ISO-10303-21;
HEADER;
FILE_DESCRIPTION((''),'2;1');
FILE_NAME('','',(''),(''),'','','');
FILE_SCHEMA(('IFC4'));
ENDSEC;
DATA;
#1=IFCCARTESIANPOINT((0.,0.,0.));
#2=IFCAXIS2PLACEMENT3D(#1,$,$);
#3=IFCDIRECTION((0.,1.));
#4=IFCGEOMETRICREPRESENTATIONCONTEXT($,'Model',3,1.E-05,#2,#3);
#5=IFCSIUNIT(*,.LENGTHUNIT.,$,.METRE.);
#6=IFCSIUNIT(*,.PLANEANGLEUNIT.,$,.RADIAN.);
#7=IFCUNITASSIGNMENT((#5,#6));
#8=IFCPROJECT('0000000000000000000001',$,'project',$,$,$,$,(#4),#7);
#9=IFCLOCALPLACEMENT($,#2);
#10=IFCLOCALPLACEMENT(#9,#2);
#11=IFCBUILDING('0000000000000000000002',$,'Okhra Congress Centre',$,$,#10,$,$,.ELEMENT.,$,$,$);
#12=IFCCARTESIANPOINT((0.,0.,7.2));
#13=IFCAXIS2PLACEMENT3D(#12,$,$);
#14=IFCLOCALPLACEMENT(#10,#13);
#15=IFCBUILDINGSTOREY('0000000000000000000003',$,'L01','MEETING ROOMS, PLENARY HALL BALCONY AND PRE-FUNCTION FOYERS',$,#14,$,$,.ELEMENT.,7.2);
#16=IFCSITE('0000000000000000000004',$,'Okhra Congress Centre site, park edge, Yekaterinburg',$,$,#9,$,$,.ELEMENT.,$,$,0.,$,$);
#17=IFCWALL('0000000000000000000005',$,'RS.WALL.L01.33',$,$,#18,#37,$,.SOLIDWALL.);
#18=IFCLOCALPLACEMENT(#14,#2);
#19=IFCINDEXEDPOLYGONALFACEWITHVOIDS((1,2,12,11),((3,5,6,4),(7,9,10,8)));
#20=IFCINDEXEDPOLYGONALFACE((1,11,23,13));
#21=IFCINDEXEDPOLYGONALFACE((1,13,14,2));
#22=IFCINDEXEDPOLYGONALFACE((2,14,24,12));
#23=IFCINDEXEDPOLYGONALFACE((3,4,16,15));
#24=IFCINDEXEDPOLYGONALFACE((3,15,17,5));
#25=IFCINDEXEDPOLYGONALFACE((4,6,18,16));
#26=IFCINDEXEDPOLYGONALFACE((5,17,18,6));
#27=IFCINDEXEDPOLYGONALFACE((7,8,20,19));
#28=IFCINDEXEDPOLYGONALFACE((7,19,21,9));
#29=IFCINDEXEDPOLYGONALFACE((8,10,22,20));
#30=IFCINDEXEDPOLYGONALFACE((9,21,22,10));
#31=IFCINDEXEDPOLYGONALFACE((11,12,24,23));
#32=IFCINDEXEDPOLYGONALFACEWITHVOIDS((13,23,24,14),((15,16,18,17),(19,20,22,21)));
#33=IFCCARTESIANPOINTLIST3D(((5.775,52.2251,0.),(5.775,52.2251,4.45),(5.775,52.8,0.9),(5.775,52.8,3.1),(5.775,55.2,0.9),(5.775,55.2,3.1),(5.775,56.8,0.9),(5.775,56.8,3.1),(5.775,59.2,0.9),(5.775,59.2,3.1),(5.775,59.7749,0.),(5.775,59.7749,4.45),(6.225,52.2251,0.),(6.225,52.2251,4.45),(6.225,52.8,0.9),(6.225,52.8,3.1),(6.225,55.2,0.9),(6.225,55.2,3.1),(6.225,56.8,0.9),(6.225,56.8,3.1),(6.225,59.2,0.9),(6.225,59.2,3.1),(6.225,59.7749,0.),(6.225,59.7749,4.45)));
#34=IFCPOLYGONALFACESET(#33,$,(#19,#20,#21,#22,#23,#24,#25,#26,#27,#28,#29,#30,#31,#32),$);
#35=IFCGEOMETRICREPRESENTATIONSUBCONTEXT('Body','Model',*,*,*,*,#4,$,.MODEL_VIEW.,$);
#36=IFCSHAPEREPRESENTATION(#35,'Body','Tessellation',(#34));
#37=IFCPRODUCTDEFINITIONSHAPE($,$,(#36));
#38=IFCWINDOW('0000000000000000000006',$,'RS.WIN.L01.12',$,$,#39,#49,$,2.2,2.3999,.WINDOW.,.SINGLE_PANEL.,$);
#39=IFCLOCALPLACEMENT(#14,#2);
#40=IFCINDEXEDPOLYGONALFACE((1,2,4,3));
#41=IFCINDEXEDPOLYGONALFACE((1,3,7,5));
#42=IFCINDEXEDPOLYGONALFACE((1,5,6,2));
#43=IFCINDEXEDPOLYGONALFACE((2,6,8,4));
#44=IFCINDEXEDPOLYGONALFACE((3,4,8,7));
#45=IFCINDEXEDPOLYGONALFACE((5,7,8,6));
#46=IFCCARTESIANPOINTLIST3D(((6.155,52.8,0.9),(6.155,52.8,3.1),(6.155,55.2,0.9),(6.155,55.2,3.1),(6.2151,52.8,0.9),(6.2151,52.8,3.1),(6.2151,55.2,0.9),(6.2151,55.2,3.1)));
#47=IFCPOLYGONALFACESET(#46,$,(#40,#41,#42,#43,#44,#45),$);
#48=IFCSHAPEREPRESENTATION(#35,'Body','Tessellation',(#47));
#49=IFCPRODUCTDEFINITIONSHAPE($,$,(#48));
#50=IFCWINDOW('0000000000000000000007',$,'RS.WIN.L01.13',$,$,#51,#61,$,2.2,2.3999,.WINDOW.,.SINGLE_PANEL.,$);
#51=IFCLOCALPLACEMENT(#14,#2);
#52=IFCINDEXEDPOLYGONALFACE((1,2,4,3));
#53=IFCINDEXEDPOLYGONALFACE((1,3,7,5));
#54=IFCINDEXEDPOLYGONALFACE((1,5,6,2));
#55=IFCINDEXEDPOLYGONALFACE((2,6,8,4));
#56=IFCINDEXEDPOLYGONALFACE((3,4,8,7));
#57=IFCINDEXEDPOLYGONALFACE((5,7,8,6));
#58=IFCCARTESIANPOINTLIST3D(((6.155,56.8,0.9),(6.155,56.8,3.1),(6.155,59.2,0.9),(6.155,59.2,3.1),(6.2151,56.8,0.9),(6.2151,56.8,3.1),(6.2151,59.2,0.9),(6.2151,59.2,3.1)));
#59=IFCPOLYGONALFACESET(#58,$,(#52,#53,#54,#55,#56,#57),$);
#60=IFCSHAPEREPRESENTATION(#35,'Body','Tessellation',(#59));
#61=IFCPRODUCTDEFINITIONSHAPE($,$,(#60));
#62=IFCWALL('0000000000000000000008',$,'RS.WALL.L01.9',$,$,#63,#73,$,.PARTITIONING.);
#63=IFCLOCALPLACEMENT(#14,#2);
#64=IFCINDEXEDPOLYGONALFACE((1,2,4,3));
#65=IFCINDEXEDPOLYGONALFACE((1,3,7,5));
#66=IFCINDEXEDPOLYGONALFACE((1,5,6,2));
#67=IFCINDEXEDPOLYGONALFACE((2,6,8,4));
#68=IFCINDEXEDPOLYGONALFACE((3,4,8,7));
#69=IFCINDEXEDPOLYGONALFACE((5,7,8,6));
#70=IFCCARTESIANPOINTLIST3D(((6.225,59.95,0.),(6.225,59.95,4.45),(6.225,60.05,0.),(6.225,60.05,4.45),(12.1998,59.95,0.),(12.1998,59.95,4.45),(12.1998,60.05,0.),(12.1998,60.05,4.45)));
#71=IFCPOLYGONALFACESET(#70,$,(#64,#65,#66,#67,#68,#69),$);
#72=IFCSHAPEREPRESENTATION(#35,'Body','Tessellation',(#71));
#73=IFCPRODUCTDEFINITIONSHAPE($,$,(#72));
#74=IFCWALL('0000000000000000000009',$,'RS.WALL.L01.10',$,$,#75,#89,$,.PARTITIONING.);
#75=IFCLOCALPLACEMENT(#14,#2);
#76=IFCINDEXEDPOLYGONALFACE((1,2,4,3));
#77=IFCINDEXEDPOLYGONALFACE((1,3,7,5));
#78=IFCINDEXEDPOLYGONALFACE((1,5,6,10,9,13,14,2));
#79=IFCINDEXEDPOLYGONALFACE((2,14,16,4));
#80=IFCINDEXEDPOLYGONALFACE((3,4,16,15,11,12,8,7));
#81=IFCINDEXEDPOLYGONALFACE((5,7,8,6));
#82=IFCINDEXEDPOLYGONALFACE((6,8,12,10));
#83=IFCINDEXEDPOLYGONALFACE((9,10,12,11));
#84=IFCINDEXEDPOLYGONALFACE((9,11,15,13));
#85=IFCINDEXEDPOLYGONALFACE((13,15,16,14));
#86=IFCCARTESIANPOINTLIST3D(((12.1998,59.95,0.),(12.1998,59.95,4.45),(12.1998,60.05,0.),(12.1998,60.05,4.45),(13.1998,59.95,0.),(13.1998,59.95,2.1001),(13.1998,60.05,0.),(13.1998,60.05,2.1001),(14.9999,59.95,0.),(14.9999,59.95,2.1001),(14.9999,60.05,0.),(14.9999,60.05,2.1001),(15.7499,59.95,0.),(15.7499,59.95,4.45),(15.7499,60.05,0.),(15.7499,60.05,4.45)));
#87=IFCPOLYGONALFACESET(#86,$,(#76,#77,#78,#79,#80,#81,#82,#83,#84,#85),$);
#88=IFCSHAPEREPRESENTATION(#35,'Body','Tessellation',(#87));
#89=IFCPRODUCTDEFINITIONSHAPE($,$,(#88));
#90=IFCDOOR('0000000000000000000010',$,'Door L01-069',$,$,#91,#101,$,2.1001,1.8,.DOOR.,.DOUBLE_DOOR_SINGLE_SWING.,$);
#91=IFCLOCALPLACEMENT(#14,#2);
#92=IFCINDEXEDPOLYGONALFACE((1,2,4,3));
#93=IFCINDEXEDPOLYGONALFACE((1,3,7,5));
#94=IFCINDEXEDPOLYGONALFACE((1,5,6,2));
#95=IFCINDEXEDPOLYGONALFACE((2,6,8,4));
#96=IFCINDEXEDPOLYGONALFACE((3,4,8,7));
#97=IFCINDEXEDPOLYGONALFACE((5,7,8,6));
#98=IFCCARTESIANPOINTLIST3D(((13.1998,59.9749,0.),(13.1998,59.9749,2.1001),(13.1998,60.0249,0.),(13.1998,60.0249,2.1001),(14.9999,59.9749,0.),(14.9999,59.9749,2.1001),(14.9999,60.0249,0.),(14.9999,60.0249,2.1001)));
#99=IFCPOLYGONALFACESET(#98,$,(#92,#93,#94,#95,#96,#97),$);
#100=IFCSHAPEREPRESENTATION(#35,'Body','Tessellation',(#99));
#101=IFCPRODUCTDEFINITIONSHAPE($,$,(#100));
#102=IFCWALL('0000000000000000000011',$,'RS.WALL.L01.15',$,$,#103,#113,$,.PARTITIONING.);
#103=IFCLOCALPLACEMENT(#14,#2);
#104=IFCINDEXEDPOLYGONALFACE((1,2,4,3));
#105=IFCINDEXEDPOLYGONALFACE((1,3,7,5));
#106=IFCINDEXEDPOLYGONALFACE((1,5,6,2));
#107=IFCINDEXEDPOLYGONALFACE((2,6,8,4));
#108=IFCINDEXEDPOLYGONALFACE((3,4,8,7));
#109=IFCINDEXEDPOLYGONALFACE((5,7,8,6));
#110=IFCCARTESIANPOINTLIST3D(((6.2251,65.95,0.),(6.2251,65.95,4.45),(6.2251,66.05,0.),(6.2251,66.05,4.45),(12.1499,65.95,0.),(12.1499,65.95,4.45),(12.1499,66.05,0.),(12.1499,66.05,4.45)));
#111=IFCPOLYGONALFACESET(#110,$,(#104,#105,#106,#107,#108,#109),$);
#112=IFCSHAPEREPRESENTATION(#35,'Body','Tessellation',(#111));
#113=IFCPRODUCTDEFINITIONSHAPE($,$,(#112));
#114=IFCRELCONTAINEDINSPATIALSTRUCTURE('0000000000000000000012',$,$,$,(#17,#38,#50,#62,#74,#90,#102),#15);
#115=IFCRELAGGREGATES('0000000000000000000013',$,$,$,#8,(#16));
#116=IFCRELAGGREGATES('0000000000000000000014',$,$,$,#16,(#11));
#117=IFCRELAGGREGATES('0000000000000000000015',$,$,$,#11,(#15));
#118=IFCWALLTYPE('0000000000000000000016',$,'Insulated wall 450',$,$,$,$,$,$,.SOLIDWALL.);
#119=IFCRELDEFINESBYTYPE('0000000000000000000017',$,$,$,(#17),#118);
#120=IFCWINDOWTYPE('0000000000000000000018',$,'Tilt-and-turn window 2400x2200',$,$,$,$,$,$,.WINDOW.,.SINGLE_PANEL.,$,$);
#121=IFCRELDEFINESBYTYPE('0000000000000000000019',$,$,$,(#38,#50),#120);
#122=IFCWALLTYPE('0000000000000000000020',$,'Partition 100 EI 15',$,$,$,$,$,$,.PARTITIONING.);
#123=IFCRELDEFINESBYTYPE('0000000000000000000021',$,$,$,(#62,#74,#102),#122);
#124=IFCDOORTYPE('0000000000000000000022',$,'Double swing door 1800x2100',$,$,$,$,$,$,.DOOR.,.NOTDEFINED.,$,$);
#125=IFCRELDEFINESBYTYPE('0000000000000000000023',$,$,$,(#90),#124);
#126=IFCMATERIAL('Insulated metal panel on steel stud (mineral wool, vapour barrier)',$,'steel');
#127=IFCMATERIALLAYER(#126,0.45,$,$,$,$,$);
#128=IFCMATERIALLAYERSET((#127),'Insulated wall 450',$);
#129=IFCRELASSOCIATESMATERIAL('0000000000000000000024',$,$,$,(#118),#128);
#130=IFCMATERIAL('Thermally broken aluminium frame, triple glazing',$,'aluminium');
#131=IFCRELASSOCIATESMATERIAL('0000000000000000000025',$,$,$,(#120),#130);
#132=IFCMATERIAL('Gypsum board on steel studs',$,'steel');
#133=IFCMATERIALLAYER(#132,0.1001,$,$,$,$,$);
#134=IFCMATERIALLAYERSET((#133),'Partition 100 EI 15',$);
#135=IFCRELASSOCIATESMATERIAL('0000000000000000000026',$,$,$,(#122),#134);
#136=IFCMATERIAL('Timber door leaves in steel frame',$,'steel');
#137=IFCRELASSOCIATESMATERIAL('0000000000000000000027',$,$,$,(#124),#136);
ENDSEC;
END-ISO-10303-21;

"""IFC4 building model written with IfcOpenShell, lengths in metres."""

from ifc_helpers import new_model, si_unit, direction, frame, frame_2d, origin, place, context, subcontext, project, spatial, rectangle, extrude, material, layer, layer_set, type_object, element, fill, save


model = new_model("IFC4")

# Units and contexts
model_context = context("Model", 3, precision=1e-05, world=origin(), true_north=direction((0.0, 1.0)))
body_context = subcontext(model_context, "Body", "Model", "MODEL_VIEW")
ifc_project = project(units=[si_unit("LENGTHUNIT", "METRE"), si_unit("PLANEANGLEUNIT", "RADIAN")], contexts=[model_context])

# Site, building, storey
site_placement = place(None, origin())
site = spatial("IfcSite", under=ifc_project, at=site_placement, Name="Okhra Congress Centre site, park edge, Yekaterinburg", CompositionType="ELEMENT", RefElevation=0.0)
building_placement = place(site_placement, origin())
building = spatial("IfcBuilding", under=site, at=building_placement, Name="Okhra Congress Centre", CompositionType="ELEMENT")
storey_placement = place(building_placement, frame((0.0, 0.0, 7.2)))
storey = spatial("IfcBuildingStorey", under=building, at=storey_placement, Name="L01", Description="MEETING ROOMS, PLENARY HALL BALCONY AND PRE-FUNCTION FOYERS", CompositionType="ELEMENT", Elevation=7.2)

# Wall, openings, windows
ifc_material_1 = material(Name="Insulated metal panel on steel stud (mineral wool, vapour barrier)", Category="steel")
ifc_layer_1 = layer(ifc_material_1, 0.45)
ifc_layer_set_1 = layer_set([ifc_layer_1], Name="Insulated wall 450")
wall_type_1 = type_object("IfcWallType", Name="Insulated wall 450", PredefinedType="SOLIDWALL", material=ifc_layer_set_1)
wall_1_placement = place(storey_placement, frame((6.0, 59.7749, 0.0), z_axis=(0.0, 0.0, 1.0), x_axis=(0.0, -1.0, 0.0)))
wall_1 = element("IfcWall", 1, at=wall_1_placement, inside=storey, type_object=wall_type_1, Name="RS.WALL.L01.33", PredefinedType="SOLIDWALL", context=body_context, shape_type="SweptSolid", body=[
    extrude(rectangle(XDim=7.5498, YDim=0.45, at=frame_2d((3.7749, 0.0))), origin(), (0.0, 0.0, 1.0), 4.45),
])
opening_1_placement = place(wall_1_placement, frame((4.575, 0.0, 0.8999)))
opening_1 = element("IfcOpeningElement", 2, at=opening_1_placement, cuts=wall_1, PredefinedType="OPENING", context=body_context, shape_type="SweptSolid", body=[
    extrude(rectangle(XDim=2.3999, YDim=2.2, at=frame_2d((1.2, 1.1001))), frame((0.0, 0.2349, 0.0), z_axis=(0.0, -1.0, 0.0), x_axis=(1.0, 0.0, 0.0)), (0.0, 0.0, 1.0), 0.47),
])
opening_2_placement = place(wall_1_placement, frame((0.575, 0.0, 0.8999)))
opening_2 = element("IfcOpeningElement", 3, at=opening_2_placement, cuts=wall_1, PredefinedType="OPENING", context=body_context, shape_type="SweptSolid", body=[
    extrude(rectangle(XDim=2.3999, YDim=2.2, at=frame_2d((1.2, 1.1001))), frame((0.0, 0.2349, 0.0), z_axis=(0.0, -1.0, 0.0), x_axis=(1.0, 0.0, 0.0)), (0.0, 0.0, 1.0), 0.47),
])
ifc_material_2 = material(Name="Thermally broken aluminium frame, triple glazing", Category="aluminium")
window_type = type_object("IfcWindowType", Name="Tilt-and-turn window 2400x2200", PartitioningType="SINGLE_PANEL", PredefinedType="WINDOW", material=ifc_material_2)
window_1_placement = place(opening_1_placement, origin())
window_1 = element("IfcWindow", 4, at=window_1_placement, inside=storey, type_object=window_type, Name="RS.WIN.L01.12", OverallHeight=2.2, OverallWidth=2.3999, PartitioningType="SINGLE_PANEL", PredefinedType="WINDOW", context=body_context, shape_type="SweptSolid", body=[
    extrude(rectangle(XDim=2.3999, YDim=2.2, at=frame_2d((1.2, 1.1001))), frame((0.0, 0.2151, 0.0), z_axis=(0.0, -1.0, 0.0), x_axis=(1.0, 0.0, 0.0)), (0.0, 0.0, 1.0), 0.0601),
])
fill(opening_1, window_1)
window_2_placement = place(opening_2_placement, origin())
window_2 = element("IfcWindow", 5, at=window_2_placement, inside=storey, type_object=window_type, Name="RS.WIN.L01.13", OverallHeight=2.2, OverallWidth=2.3999, PartitioningType="SINGLE_PANEL", PredefinedType="WINDOW", context=body_context, shape_type="SweptSolid", body=[
    extrude(rectangle(XDim=2.3999, YDim=2.2, at=frame_2d((1.2, 1.1001))), frame((0.0, 0.2151, 0.0), z_axis=(0.0, -1.0, 0.0), x_axis=(1.0, 0.0, 0.0)), (0.0, 0.0, 1.0), 0.0601),
])
fill(opening_2, window_2)

# Wall
ifc_material_3 = material(Name="Gypsum board on steel studs", Category="steel")
ifc_layer_2 = layer(ifc_material_3, 0.1001)
ifc_layer_set_2 = layer_set([ifc_layer_2], Name="Partition 100 EI 15")
wall_type_2 = type_object("IfcWallType", Name="Partition 100 EI 15", PredefinedType="PARTITIONING", material=ifc_layer_set_2)
wall_2_placement = place(storey_placement, frame((6.2251, 60.0, 0.0), z_axis=(0.0, 0.0, 1.0), x_axis=(1.0, 0.0, 0.0)))
element("IfcWall", 6, at=wall_2_placement, inside=storey, type_object=wall_type_2, Name="RS.WALL.L01.9", PredefinedType="PARTITIONING", context=body_context, shape_type="SweptSolid", body=[
    extrude(rectangle(XDim=5.9749, YDim=0.1001, at=frame_2d((2.9873, 0.0))), origin(), (0.0, 0.0, 1.0), 4.45),
])

# Wall, opening, door
wall_3_placement = place(storey_placement, frame((12.2, 60.0, 0.0), z_axis=(0.0, 0.0, 1.0), x_axis=(1.0, 0.0, 0.0)))
wall_3 = element("IfcWall", 7, at=wall_3_placement, inside=storey, type_object=wall_type_2, Name="RS.WALL.L01.10", PredefinedType="PARTITIONING", context=body_context, shape_type="SweptSolid", body=[
    extrude(rectangle(XDim=3.55, YDim=0.1001, at=frame_2d((1.7749, 0.0))), origin(), (0.0, 0.0, 1.0), 4.45),
])
opening_3_placement = place(wall_3_placement, frame((1.0, 0.0, 0.0)))
opening_3 = element("IfcOpeningElement", 8, at=opening_3_placement, cuts=wall_3, PredefinedType="OPENING", context=body_context, shape_type="SweptSolid", body=[
    extrude(rectangle(XDim=1.8, YDim=2.1001, at=frame_2d((0.8999, 1.05))), frame((0.0, 0.0601, 0.0), z_axis=(0.0, -1.0, 0.0), x_axis=(1.0, 0.0, 0.0)), (0.0, 0.0, 1.0), 0.1201),
])
ifc_material_4 = material(Name="Timber door leaves in steel frame", Category="steel")
door_type_1 = type_object("IfcDoorType", Name="Double swing door 1800x2100", OperationType="NOTDEFINED", PredefinedType="DOOR", material=ifc_material_4)
door_1_placement = place(opening_3_placement, origin())
door_1 = element("IfcDoor", 9, at=door_1_placement, inside=storey, type_object=door_type_1, Name="Door L01-069", OperationType="DOUBLE_DOOR_SINGLE_SWING", OverallHeight=2.1001, OverallWidth=1.8, PredefinedType="DOOR", context=body_context, shape_type="SweptSolid", body=[
    extrude(rectangle(XDim=1.8, YDim=2.1001, at=frame_2d((0.8999, 1.05))), frame((0.0, 0.0249, 0.0), z_axis=(0.0, -1.0, 0.0), x_axis=(1.0, 0.0, 0.0)), (0.0, 0.0, 1.0), 0.05),
])
fill(opening_3, door_1)

# Wall
wall_4_placement = place(storey_placement, frame((6.2251, 66.0, 0.0), z_axis=(0.0, 0.0, 1.0), x_axis=(1.0, 0.0, 0.0)))
element("IfcWall", 10, at=wall_4_placement, inside=storey, type_object=wall_type_2, Name="RS.WALL.L01.15", PredefinedType="PARTITIONING", context=body_context, shape_type="SweptSolid", body=[
    extrude(rectangle(XDim=5.9248, YDim=0.1001, at=frame_2d((2.9624, 0.0))), origin(), (0.0, 0.0, 1.0), 4.45),
])

save(model, "model.ifc")
